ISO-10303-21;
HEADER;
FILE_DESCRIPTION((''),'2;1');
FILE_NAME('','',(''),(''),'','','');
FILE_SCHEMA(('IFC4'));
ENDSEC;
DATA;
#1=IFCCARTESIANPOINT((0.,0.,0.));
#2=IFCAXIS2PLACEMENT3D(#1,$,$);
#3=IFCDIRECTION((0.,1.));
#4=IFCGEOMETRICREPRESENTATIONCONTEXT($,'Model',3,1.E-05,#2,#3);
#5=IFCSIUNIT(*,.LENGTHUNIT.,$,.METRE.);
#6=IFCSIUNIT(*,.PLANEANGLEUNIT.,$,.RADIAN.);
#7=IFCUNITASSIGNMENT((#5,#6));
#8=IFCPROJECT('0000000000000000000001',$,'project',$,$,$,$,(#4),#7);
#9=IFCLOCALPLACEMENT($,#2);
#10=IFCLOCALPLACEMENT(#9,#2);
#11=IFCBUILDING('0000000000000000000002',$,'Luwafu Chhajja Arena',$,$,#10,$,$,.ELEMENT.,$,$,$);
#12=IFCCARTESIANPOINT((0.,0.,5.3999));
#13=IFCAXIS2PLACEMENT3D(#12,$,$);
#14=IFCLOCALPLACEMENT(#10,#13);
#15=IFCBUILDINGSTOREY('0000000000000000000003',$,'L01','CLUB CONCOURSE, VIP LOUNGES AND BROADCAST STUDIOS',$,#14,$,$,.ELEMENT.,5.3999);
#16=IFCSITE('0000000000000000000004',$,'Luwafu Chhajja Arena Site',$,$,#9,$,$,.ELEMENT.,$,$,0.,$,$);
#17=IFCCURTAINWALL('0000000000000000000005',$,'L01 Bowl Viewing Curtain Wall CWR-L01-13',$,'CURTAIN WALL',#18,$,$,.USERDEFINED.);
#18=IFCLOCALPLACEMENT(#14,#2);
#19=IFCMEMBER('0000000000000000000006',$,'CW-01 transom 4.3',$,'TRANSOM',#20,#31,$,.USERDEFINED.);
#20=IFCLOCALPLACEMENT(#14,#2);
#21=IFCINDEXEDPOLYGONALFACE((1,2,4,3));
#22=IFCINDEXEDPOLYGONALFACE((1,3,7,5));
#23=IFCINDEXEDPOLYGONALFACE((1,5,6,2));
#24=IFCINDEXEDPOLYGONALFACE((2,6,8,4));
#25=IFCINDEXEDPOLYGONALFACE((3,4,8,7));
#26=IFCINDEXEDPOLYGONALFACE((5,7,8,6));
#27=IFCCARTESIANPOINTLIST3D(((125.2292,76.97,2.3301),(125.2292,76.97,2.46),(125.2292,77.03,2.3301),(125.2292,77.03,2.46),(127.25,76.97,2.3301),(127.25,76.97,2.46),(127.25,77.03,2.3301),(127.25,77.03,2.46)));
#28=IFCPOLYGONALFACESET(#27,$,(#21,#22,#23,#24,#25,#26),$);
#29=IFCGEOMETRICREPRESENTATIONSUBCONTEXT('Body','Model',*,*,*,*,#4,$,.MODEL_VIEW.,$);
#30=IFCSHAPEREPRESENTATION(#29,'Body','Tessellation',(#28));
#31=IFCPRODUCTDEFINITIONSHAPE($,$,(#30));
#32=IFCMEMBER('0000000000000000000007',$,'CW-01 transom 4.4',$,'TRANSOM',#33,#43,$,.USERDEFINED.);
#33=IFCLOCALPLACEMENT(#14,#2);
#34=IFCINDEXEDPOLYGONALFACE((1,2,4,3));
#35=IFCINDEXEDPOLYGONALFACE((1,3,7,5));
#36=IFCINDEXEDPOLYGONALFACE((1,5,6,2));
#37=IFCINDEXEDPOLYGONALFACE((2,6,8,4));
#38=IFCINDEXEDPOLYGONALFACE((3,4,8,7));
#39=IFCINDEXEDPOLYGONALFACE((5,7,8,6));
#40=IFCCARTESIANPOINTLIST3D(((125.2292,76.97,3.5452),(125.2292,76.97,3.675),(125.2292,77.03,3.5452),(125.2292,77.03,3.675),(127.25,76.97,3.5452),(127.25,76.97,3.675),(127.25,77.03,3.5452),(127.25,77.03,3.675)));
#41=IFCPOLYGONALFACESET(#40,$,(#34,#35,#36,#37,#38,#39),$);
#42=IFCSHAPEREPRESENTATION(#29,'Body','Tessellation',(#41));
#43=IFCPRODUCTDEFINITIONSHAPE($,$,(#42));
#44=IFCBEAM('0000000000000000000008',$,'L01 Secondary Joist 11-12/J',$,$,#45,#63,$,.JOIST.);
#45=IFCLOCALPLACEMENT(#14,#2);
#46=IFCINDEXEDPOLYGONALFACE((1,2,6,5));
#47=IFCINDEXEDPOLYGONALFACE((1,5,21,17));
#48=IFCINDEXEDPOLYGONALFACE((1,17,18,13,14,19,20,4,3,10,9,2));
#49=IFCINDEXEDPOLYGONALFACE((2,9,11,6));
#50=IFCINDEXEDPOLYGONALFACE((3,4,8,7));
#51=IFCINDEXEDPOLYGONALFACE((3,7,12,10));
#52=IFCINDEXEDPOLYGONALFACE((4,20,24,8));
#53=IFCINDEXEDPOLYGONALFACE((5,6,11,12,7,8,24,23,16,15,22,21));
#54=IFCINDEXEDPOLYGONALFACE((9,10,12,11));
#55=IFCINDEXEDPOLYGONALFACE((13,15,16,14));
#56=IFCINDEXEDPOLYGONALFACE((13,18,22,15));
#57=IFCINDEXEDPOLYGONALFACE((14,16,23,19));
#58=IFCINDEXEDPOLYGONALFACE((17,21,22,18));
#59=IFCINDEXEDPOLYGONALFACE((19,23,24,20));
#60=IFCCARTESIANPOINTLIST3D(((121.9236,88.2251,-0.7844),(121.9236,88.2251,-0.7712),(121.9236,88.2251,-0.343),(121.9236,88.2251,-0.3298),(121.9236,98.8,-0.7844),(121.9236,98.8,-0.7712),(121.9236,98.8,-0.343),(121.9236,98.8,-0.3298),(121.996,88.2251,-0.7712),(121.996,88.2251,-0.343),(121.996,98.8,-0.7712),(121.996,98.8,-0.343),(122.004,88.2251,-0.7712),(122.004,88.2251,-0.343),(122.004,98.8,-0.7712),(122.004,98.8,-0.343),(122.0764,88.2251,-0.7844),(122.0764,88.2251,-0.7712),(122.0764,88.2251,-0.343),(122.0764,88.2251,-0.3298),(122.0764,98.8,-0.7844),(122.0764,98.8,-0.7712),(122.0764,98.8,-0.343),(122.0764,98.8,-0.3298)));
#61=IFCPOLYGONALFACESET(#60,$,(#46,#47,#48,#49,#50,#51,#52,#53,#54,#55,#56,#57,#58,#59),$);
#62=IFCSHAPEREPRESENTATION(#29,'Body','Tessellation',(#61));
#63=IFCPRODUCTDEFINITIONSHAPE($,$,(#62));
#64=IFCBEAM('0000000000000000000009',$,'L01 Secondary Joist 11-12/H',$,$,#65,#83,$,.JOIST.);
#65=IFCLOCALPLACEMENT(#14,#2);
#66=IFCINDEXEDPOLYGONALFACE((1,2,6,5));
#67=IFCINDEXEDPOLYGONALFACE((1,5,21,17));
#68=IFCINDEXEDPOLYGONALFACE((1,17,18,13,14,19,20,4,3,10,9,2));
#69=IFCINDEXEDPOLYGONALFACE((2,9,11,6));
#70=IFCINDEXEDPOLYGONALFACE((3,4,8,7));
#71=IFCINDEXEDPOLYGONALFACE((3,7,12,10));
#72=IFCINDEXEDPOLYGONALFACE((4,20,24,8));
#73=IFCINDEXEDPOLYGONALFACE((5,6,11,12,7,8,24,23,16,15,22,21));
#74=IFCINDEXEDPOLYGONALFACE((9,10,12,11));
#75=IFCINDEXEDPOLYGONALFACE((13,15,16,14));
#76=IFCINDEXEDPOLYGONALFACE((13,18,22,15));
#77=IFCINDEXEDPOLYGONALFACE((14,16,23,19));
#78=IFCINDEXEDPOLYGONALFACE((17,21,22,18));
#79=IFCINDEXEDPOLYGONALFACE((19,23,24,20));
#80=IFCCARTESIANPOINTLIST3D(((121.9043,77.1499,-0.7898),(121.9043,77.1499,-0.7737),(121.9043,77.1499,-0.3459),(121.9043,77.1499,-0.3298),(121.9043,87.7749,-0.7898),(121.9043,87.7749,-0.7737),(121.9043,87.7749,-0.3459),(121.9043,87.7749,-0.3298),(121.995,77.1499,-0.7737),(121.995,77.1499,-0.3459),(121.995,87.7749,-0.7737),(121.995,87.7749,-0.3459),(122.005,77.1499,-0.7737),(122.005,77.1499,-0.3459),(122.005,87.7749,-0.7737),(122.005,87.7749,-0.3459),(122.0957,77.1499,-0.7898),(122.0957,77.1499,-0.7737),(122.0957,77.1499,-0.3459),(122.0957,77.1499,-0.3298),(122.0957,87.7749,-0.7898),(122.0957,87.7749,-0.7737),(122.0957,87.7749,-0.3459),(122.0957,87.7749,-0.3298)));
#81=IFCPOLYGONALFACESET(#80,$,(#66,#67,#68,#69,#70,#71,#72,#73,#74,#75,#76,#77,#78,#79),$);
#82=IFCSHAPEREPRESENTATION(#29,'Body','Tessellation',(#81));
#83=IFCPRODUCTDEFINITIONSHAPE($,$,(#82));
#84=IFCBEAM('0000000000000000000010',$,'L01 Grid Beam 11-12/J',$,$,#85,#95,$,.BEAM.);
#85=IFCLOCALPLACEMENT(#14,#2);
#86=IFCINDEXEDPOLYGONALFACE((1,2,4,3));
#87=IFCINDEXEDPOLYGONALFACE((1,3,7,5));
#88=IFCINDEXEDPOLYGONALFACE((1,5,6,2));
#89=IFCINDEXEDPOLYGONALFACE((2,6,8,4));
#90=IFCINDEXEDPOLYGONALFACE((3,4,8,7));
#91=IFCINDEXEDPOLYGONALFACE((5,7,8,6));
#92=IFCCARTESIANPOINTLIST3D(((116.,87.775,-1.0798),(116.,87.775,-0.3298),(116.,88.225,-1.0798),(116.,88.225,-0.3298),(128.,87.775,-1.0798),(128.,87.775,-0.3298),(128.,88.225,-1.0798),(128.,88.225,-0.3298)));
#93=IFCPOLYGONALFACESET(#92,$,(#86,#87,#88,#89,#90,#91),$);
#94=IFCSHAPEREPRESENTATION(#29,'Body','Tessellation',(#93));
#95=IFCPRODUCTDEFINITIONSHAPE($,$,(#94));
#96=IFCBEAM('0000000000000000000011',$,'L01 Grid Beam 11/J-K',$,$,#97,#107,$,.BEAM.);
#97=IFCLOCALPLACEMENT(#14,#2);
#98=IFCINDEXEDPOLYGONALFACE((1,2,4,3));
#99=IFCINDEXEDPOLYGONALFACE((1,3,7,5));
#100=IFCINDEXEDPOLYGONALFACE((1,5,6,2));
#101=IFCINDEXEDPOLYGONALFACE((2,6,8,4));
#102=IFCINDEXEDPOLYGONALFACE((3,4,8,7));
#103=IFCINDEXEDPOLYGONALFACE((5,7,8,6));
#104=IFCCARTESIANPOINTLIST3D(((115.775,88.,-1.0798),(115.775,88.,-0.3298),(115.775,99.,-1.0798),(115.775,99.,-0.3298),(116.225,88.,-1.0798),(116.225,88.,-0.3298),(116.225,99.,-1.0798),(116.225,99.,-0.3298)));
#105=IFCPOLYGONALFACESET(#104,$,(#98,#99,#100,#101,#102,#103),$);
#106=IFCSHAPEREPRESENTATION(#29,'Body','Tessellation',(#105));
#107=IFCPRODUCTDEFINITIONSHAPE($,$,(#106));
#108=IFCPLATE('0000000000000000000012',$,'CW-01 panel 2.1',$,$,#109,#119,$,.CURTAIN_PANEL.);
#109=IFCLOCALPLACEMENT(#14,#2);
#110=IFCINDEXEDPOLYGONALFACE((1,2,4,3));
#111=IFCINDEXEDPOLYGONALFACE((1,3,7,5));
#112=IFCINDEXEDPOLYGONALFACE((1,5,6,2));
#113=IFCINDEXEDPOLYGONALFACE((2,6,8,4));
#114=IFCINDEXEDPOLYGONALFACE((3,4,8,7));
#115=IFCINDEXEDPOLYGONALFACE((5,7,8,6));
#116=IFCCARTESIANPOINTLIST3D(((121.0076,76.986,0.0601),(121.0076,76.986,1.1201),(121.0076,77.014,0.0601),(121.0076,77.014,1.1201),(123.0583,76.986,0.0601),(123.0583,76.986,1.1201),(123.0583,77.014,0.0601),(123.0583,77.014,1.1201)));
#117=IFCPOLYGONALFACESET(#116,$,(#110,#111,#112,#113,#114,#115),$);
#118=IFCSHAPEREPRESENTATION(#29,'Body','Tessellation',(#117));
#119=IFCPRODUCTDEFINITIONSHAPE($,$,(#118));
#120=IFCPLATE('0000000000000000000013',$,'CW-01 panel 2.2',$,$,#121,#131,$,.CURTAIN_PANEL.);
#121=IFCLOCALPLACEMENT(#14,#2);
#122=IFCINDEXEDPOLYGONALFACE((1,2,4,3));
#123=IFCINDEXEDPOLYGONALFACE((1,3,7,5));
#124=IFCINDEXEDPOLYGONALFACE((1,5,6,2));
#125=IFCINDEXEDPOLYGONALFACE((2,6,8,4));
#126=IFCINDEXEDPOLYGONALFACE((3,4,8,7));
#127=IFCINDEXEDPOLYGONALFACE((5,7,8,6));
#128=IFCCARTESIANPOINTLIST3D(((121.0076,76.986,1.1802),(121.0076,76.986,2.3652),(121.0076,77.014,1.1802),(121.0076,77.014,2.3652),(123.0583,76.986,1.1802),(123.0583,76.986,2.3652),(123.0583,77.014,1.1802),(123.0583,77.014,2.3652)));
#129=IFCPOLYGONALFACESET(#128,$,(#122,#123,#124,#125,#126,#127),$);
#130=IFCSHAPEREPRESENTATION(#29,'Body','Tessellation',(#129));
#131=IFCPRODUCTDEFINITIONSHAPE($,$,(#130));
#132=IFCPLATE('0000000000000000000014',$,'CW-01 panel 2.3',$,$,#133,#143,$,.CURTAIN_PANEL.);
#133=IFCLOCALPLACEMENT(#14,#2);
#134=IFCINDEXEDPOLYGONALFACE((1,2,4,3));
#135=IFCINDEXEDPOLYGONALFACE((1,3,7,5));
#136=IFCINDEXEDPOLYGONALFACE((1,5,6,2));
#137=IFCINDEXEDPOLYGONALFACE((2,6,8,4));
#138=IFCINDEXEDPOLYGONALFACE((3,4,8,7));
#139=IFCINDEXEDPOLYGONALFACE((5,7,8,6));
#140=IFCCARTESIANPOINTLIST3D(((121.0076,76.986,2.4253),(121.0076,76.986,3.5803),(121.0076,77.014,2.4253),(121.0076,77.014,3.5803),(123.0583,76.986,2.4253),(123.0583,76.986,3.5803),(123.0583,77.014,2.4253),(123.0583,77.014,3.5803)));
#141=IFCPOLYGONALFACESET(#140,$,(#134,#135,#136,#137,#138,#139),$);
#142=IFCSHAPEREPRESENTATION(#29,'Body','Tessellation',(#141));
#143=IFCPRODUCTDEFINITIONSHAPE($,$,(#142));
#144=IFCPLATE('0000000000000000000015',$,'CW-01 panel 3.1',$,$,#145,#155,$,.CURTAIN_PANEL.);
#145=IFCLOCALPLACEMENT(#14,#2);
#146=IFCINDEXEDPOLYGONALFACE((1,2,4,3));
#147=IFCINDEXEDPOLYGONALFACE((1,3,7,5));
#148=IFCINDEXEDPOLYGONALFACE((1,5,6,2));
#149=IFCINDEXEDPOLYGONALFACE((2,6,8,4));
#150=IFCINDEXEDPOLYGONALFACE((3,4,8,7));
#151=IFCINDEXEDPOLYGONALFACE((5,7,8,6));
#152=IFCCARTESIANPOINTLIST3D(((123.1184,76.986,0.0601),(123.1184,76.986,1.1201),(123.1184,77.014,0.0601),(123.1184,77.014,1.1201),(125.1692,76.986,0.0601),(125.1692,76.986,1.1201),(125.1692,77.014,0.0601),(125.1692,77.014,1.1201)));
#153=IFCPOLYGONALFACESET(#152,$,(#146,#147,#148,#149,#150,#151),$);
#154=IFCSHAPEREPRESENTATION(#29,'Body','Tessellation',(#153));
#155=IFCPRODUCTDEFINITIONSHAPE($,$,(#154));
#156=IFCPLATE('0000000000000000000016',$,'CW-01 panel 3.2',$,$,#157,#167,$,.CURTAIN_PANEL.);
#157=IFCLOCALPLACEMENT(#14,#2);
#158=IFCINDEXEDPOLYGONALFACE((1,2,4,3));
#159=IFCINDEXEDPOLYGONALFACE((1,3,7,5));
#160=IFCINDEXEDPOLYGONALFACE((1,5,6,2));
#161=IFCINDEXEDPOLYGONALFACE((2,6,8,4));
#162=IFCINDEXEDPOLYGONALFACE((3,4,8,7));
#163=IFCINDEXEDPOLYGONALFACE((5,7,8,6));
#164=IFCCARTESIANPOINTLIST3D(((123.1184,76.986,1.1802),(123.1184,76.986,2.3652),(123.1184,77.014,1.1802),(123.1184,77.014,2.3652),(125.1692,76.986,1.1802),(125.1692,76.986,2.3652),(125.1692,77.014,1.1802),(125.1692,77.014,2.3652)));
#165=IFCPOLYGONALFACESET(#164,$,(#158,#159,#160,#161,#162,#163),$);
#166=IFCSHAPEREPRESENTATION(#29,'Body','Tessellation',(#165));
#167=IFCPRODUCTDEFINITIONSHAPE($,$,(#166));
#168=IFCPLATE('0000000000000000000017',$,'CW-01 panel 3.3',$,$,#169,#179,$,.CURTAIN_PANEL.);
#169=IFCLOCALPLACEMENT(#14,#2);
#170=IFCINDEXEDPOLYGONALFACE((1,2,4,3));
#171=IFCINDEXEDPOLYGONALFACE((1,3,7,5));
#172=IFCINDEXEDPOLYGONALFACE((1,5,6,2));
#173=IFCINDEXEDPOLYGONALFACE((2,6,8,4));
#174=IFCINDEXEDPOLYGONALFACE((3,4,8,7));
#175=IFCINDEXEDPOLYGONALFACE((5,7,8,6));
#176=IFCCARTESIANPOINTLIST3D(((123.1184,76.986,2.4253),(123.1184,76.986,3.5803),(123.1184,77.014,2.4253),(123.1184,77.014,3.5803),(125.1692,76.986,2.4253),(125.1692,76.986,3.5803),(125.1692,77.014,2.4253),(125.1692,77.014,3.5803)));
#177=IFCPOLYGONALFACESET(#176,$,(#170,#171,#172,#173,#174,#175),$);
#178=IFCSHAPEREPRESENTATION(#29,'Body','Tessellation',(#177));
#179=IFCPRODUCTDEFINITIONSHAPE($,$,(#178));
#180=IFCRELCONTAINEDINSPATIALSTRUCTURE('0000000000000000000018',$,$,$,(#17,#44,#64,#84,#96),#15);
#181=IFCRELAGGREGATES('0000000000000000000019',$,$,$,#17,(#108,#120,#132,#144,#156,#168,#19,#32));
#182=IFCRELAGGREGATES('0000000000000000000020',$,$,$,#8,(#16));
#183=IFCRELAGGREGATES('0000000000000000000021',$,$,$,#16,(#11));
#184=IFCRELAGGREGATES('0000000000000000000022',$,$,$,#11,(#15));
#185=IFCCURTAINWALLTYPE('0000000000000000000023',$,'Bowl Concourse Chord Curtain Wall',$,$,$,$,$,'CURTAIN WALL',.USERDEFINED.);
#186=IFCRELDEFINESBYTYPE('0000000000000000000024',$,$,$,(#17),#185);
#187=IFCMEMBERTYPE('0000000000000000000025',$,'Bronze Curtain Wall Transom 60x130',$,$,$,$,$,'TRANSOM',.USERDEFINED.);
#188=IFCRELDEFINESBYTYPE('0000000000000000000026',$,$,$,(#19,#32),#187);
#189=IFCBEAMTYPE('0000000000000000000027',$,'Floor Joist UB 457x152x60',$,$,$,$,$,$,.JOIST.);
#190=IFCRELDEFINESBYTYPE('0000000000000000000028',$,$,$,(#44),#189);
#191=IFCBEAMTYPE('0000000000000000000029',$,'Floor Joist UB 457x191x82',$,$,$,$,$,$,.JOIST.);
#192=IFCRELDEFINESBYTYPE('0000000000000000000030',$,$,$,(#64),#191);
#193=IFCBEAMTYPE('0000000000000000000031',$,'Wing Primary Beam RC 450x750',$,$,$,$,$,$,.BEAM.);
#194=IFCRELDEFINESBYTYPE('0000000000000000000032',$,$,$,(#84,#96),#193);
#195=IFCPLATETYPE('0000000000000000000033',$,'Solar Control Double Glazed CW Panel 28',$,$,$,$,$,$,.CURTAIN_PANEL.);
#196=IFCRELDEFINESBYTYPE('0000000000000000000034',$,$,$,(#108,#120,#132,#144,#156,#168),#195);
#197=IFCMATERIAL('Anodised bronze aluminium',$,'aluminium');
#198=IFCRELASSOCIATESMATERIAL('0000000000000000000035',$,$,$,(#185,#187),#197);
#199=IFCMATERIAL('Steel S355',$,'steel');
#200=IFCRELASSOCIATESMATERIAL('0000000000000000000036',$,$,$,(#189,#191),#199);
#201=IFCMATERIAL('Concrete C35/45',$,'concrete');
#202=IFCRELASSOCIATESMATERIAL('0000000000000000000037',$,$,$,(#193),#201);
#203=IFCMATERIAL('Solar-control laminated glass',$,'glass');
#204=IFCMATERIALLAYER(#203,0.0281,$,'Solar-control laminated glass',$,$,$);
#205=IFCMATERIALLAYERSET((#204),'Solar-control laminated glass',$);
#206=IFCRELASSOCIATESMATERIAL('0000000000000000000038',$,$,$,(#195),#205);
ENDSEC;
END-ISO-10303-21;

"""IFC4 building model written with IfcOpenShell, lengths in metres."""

from ifc_helpers import new_model, si_unit, direction, frame, origin, origin_2d, place, context, subcontext, project, spatial, rectangle, i_section, extrude, material, layer, layer_set, material_profile, profile_set, type_object, element, aggregate, save


model = new_model("IFC4")

# Units and contexts
model_context = context("Model", 3, precision=1e-05, world=origin(), true_north=direction((0.0, 1.0)))
body_context = subcontext(model_context, "Body", "Model", "MODEL_VIEW")
ifc_project = project(units=[si_unit("LENGTHUNIT", "METRE"), si_unit("PLANEANGLEUNIT", "RADIAN")], contexts=[model_context])

# Site, building, storey
site_placement = place(None, origin())
site = spatial("IfcSite", under=ifc_project, at=site_placement, Name="Luwafu Chhajja Arena Site", CompositionType="ELEMENT", RefElevation=0.0)
building_placement = place(site_placement, origin())
building = spatial("IfcBuilding", under=site, at=building_placement, Name="Luwafu Chhajja Arena", CompositionType="ELEMENT")
storey_placement = place(building_placement, frame((0.0, 0.0, 5.3999)))
storey = spatial("IfcBuildingStorey", under=building, at=storey_placement, Name="L01", Description="CLUB CONCOURSE, VIP LOUNGES AND BROADCAST STUDIOS", CompositionType="ELEMENT", Elevation=5.3999)

# Shared definitions
ifc_material_1 = material(Name="Steel S355", Category="steel")

# Curtain wall, members
ifc_material_2 = material(Name="Anodised bronze aluminium", Category="aluminium")
curtain_wall_type = type_object("IfcCurtainWallType", Name="Bowl Concourse Chord Curtain Wall", ElementType="CURTAIN WALL", PredefinedType="USERDEFINED", material=ifc_material_2)
curtain_wall_placement = place(storey_placement, origin())
curtain_wall = element("IfcCurtainWall", 1, at=curtain_wall_placement, inside=storey, type_object=curtain_wall_type, Name="L01 Bowl Viewing Curtain Wall CWR-L01-13", ObjectType="CURTAIN WALL", PredefinedType="USERDEFINED")
ifc_material_profile_1 = material_profile(ifc_material_2, rectangle(XDim=0.0601, YDim=0.1299, at=origin_2d()), Name="CWT 60x130")
ifc_profile_set_1 = profile_set([ifc_material_profile_1], Name="Anodised bronze aluminium")
member_type_1 = type_object("IfcMemberType", Name="Bronze Curtain Wall Transom 60x130", ElementType="TRANSOM", PredefinedType="USERDEFINED", material=ifc_profile_set_1)
member_1_placement = place(storey_placement, frame((125.2292, 77.0, 2.395), z_axis=(1.0, 0.0, 0.0), x_axis=(0.0, 1.0, 0.0)))
member_1 = element("IfcMember", 2, at=member_1_placement, type_object=member_type_1, Name="CW-01 transom 4.3", ObjectType="TRANSOM", PredefinedType="USERDEFINED", context=body_context, shape_type="SweptSolid", body=[
    extrude(rectangle(XDim=0.0601, YDim=0.1299, at=origin_2d()), origin(), (0.0, 0.0, 1.0), 2.0208),
])
member_2_placement = place(storey_placement, frame((125.2292, 77.0, 3.6101), z_axis=(1.0, 0.0, 0.0), x_axis=(0.0, 1.0, 0.0)))
member_2 = element("IfcMember", 3, at=member_2_placement, type_object=member_type_1, Name="CW-01 transom 4.4", ObjectType="TRANSOM", PredefinedType="USERDEFINED", context=body_context, shape_type="SweptSolid", body=[
    extrude(rectangle(XDim=0.0601, YDim=0.1299, at=origin_2d()), origin(), (0.0, 0.0, 1.0), 2.0208),
])

# Beams
ifc_material_profile_2 = material_profile(ifc_material_1, i_section(OverallWidth=0.1528, OverallDepth=0.4546, WebThickness=0.0081, FlangeThickness=0.0132, at=origin_2d()), Name="UB 457x152x60")
ifc_profile_set_2 = profile_set([ifc_material_profile_2], Name="Steel S355")
beam_type_1 = type_object("IfcBeamType", Name="Floor Joist UB 457x152x60", PredefinedType="JOIST", material=ifc_profile_set_2)
beam_1_placement = place(storey_placement, frame((122.0, 88.2251, -0.5571), z_axis=(0.0, 1.0, 0.0), x_axis=(-1.0, 0.0, 0.0)))
element("IfcBeam", 4, at=beam_1_placement, inside=storey, type_object=beam_type_1, Name="L01 Secondary Joist 11-12/J", PredefinedType="JOIST", context=body_context, shape_type="SweptSolid", body=[
    extrude(i_section(OverallWidth=0.1528, OverallDepth=0.4546, WebThickness=0.0081, FlangeThickness=0.0132, at=origin_2d()), origin(), (0.0, 0.0, 1.0), 10.575),
])
ifc_material_profile_3 = material_profile(ifc_material_1, i_section(OverallWidth=0.1914, OverallDepth=0.46, WebThickness=0.01, FlangeThickness=0.0161, at=origin_2d()), Name="UB 457x191x82")
ifc_profile_set_3 = profile_set([ifc_material_profile_3], Name="Steel S355")
beam_type_2 = type_object("IfcBeamType", Name="Floor Joist UB 457x191x82", PredefinedType="JOIST", material=ifc_profile_set_3)
beam_2_placement = place(storey_placement, frame((122.0, 77.1499, -0.5598), z_axis=(0.0, 1.0, 0.0), x_axis=(-1.0, 0.0, 0.0)))
element("IfcBeam", 5, at=beam_2_placement, inside=storey, type_object=beam_type_2, Name="L01 Secondary Joist 11-12/H", PredefinedType="JOIST", context=body_context, shape_type="SweptSolid", body=[
    extrude(i_section(OverallWidth=0.1914, OverallDepth=0.46, WebThickness=0.01, FlangeThickness=0.0161, at=origin_2d()), origin(), (0.0, 0.0, 1.0), 10.625),
])
ifc_material_3 = material(Name="Concrete C35/45", Category="concrete")
ifc_material_profile_4 = material_profile(ifc_material_3, rectangle(XDim=0.45, YDim=0.75, at=origin_2d()), Name="RC 450x750")
ifc_profile_set_4 = profile_set([ifc_material_profile_4], Name="Concrete C35/45")
beam_type_3 = type_object("IfcBeamType", Name="Wing Primary Beam RC 450x750", PredefinedType="BEAM", material=ifc_profile_set_4)
beam_3_placement = place(storey_placement, frame((116.0, 88.0, -0.7048), z_axis=(1.0, 0.0, 0.0), x_axis=(0.0, 1.0, 0.0)))
element("IfcBeam", 6, at=beam_3_placement, inside=storey, type_object=beam_type_3, Name="L01 Grid Beam 11-12/J", PredefinedType="BEAM", context=body_context, shape_type="SweptSolid", body=[
    extrude(rectangle(XDim=0.45, YDim=0.75, at=origin_2d()), origin(), (0.0, 0.0, 1.0), 12.0),
])
beam_4_placement = place(storey_placement, frame((116.0, 88.0, -0.7048), z_axis=(0.0, 1.0, 0.0), x_axis=(-1.0, 0.0, 0.0)))
element("IfcBeam", 7, at=beam_4_placement, inside=storey, type_object=beam_type_3, Name="L01 Grid Beam 11/J-K", PredefinedType="BEAM", context=body_context, shape_type="SweptSolid", body=[
    extrude(rectangle(XDim=0.45, YDim=0.75, at=origin_2d()), origin(), (0.0, 0.0, 1.0), 11.0),
])

# Plates
ifc_material_4 = material(Name="Solar-control laminated glass", Category="glass")
ifc_layer = layer(ifc_material_4, 0.0281, Name="Solar-control laminated glass")
ifc_layer_set = layer_set([ifc_layer], Name="Solar-control laminated glass")
plate_type = type_object("IfcPlateType", Name="Solar Control Double Glazed CW Panel 28", PredefinedType="CURTAIN_PANEL", material=ifc_layer_set)
plate_1_placement = place(storey_placement, frame((122.033, 77.0, 0.0601), z_axis=(0.0, 0.0, 1.0), x_axis=(1.0, 0.0, 0.0)))
plate_1 = element("IfcPlate", 8, at=plate_1_placement, type_object=plate_type, Name="CW-01 panel 2.1", PredefinedType="CURTAIN_PANEL", context=body_context, shape_type="SweptSolid", body=[
    extrude(rectangle(XDim=2.0508, YDim=0.0281, at=origin_2d()), origin(), (0.0, 0.0, 1.0), 1.0601),
])
plate_2_placement = place(storey_placement, frame((122.033, 77.0, 1.1802), z_axis=(0.0, 0.0, 1.0), x_axis=(1.0, 0.0, 0.0)))
plate_2 = element("IfcPlate", 9, at=plate_2_placement, type_object=plate_type, Name="CW-01 panel 2.2", PredefinedType="CURTAIN_PANEL", context=body_context, shape_type="SweptSolid", body=[
    extrude(rectangle(XDim=2.0508, YDim=0.0281, at=origin_2d()), origin(), (0.0, 0.0, 1.0), 1.1851),
])
plate_3_placement = place(storey_placement, frame((122.033, 77.0, 2.4253), z_axis=(0.0, 0.0, 1.0), x_axis=(1.0, 0.0, 0.0)))
plate_3 = element("IfcPlate", 10, at=plate_3_placement, type_object=plate_type, Name="CW-01 panel 2.3", PredefinedType="CURTAIN_PANEL", context=body_context, shape_type="SweptSolid", body=[
    extrude(rectangle(XDim=2.0508, YDim=0.0281, at=origin_2d()), origin(), (0.0, 0.0, 1.0), 1.155),
])
plate_4_placement = place(storey_placement, frame((124.1438, 77.0, 0.0601), z_axis=(0.0, 0.0, 1.0), x_axis=(1.0, 0.0, 0.0)))
plate_4 = element("IfcPlate", 11, at=plate_4_placement, type_object=plate_type, Name="CW-01 panel 3.1", PredefinedType="CURTAIN_PANEL", context=body_context, shape_type="SweptSolid", body=[
    extrude(rectangle(XDim=2.0508, YDim=0.0281, at=origin_2d()), origin(), (0.0, 0.0, 1.0), 1.0601),
])
plate_5_placement = place(storey_placement, frame((124.1438, 77.0, 1.1802), z_axis=(0.0, 0.0, 1.0), x_axis=(1.0, 0.0, 0.0)))
plate_5 = element("IfcPlate", 12, at=plate_5_placement, type_object=plate_type, Name="CW-01 panel 3.2", PredefinedType="CURTAIN_PANEL", context=body_context, shape_type="SweptSolid", body=[
    extrude(rectangle(XDim=2.0508, YDim=0.0281, at=origin_2d()), origin(), (0.0, 0.0, 1.0), 1.1851),
])
plate_6_placement = place(storey_placement, frame((124.1438, 77.0, 2.4253), z_axis=(0.0, 0.0, 1.0), x_axis=(1.0, 0.0, 0.0)))
plate_6 = element("IfcPlate", 13, at=plate_6_placement, type_object=plate_type, Name="CW-01 panel 3.3", PredefinedType="CURTAIN_PANEL", context=body_context, shape_type="SweptSolid", body=[
    extrude(rectangle(XDim=2.0508, YDim=0.0281, at=origin_2d()), origin(), (0.0, 0.0, 1.0), 1.155),
])
aggregate(curtain_wall, [plate_1, plate_2, plate_3, plate_4, plate_5, plate_6, member_1, member_2])

save(model, "model.ifc")
